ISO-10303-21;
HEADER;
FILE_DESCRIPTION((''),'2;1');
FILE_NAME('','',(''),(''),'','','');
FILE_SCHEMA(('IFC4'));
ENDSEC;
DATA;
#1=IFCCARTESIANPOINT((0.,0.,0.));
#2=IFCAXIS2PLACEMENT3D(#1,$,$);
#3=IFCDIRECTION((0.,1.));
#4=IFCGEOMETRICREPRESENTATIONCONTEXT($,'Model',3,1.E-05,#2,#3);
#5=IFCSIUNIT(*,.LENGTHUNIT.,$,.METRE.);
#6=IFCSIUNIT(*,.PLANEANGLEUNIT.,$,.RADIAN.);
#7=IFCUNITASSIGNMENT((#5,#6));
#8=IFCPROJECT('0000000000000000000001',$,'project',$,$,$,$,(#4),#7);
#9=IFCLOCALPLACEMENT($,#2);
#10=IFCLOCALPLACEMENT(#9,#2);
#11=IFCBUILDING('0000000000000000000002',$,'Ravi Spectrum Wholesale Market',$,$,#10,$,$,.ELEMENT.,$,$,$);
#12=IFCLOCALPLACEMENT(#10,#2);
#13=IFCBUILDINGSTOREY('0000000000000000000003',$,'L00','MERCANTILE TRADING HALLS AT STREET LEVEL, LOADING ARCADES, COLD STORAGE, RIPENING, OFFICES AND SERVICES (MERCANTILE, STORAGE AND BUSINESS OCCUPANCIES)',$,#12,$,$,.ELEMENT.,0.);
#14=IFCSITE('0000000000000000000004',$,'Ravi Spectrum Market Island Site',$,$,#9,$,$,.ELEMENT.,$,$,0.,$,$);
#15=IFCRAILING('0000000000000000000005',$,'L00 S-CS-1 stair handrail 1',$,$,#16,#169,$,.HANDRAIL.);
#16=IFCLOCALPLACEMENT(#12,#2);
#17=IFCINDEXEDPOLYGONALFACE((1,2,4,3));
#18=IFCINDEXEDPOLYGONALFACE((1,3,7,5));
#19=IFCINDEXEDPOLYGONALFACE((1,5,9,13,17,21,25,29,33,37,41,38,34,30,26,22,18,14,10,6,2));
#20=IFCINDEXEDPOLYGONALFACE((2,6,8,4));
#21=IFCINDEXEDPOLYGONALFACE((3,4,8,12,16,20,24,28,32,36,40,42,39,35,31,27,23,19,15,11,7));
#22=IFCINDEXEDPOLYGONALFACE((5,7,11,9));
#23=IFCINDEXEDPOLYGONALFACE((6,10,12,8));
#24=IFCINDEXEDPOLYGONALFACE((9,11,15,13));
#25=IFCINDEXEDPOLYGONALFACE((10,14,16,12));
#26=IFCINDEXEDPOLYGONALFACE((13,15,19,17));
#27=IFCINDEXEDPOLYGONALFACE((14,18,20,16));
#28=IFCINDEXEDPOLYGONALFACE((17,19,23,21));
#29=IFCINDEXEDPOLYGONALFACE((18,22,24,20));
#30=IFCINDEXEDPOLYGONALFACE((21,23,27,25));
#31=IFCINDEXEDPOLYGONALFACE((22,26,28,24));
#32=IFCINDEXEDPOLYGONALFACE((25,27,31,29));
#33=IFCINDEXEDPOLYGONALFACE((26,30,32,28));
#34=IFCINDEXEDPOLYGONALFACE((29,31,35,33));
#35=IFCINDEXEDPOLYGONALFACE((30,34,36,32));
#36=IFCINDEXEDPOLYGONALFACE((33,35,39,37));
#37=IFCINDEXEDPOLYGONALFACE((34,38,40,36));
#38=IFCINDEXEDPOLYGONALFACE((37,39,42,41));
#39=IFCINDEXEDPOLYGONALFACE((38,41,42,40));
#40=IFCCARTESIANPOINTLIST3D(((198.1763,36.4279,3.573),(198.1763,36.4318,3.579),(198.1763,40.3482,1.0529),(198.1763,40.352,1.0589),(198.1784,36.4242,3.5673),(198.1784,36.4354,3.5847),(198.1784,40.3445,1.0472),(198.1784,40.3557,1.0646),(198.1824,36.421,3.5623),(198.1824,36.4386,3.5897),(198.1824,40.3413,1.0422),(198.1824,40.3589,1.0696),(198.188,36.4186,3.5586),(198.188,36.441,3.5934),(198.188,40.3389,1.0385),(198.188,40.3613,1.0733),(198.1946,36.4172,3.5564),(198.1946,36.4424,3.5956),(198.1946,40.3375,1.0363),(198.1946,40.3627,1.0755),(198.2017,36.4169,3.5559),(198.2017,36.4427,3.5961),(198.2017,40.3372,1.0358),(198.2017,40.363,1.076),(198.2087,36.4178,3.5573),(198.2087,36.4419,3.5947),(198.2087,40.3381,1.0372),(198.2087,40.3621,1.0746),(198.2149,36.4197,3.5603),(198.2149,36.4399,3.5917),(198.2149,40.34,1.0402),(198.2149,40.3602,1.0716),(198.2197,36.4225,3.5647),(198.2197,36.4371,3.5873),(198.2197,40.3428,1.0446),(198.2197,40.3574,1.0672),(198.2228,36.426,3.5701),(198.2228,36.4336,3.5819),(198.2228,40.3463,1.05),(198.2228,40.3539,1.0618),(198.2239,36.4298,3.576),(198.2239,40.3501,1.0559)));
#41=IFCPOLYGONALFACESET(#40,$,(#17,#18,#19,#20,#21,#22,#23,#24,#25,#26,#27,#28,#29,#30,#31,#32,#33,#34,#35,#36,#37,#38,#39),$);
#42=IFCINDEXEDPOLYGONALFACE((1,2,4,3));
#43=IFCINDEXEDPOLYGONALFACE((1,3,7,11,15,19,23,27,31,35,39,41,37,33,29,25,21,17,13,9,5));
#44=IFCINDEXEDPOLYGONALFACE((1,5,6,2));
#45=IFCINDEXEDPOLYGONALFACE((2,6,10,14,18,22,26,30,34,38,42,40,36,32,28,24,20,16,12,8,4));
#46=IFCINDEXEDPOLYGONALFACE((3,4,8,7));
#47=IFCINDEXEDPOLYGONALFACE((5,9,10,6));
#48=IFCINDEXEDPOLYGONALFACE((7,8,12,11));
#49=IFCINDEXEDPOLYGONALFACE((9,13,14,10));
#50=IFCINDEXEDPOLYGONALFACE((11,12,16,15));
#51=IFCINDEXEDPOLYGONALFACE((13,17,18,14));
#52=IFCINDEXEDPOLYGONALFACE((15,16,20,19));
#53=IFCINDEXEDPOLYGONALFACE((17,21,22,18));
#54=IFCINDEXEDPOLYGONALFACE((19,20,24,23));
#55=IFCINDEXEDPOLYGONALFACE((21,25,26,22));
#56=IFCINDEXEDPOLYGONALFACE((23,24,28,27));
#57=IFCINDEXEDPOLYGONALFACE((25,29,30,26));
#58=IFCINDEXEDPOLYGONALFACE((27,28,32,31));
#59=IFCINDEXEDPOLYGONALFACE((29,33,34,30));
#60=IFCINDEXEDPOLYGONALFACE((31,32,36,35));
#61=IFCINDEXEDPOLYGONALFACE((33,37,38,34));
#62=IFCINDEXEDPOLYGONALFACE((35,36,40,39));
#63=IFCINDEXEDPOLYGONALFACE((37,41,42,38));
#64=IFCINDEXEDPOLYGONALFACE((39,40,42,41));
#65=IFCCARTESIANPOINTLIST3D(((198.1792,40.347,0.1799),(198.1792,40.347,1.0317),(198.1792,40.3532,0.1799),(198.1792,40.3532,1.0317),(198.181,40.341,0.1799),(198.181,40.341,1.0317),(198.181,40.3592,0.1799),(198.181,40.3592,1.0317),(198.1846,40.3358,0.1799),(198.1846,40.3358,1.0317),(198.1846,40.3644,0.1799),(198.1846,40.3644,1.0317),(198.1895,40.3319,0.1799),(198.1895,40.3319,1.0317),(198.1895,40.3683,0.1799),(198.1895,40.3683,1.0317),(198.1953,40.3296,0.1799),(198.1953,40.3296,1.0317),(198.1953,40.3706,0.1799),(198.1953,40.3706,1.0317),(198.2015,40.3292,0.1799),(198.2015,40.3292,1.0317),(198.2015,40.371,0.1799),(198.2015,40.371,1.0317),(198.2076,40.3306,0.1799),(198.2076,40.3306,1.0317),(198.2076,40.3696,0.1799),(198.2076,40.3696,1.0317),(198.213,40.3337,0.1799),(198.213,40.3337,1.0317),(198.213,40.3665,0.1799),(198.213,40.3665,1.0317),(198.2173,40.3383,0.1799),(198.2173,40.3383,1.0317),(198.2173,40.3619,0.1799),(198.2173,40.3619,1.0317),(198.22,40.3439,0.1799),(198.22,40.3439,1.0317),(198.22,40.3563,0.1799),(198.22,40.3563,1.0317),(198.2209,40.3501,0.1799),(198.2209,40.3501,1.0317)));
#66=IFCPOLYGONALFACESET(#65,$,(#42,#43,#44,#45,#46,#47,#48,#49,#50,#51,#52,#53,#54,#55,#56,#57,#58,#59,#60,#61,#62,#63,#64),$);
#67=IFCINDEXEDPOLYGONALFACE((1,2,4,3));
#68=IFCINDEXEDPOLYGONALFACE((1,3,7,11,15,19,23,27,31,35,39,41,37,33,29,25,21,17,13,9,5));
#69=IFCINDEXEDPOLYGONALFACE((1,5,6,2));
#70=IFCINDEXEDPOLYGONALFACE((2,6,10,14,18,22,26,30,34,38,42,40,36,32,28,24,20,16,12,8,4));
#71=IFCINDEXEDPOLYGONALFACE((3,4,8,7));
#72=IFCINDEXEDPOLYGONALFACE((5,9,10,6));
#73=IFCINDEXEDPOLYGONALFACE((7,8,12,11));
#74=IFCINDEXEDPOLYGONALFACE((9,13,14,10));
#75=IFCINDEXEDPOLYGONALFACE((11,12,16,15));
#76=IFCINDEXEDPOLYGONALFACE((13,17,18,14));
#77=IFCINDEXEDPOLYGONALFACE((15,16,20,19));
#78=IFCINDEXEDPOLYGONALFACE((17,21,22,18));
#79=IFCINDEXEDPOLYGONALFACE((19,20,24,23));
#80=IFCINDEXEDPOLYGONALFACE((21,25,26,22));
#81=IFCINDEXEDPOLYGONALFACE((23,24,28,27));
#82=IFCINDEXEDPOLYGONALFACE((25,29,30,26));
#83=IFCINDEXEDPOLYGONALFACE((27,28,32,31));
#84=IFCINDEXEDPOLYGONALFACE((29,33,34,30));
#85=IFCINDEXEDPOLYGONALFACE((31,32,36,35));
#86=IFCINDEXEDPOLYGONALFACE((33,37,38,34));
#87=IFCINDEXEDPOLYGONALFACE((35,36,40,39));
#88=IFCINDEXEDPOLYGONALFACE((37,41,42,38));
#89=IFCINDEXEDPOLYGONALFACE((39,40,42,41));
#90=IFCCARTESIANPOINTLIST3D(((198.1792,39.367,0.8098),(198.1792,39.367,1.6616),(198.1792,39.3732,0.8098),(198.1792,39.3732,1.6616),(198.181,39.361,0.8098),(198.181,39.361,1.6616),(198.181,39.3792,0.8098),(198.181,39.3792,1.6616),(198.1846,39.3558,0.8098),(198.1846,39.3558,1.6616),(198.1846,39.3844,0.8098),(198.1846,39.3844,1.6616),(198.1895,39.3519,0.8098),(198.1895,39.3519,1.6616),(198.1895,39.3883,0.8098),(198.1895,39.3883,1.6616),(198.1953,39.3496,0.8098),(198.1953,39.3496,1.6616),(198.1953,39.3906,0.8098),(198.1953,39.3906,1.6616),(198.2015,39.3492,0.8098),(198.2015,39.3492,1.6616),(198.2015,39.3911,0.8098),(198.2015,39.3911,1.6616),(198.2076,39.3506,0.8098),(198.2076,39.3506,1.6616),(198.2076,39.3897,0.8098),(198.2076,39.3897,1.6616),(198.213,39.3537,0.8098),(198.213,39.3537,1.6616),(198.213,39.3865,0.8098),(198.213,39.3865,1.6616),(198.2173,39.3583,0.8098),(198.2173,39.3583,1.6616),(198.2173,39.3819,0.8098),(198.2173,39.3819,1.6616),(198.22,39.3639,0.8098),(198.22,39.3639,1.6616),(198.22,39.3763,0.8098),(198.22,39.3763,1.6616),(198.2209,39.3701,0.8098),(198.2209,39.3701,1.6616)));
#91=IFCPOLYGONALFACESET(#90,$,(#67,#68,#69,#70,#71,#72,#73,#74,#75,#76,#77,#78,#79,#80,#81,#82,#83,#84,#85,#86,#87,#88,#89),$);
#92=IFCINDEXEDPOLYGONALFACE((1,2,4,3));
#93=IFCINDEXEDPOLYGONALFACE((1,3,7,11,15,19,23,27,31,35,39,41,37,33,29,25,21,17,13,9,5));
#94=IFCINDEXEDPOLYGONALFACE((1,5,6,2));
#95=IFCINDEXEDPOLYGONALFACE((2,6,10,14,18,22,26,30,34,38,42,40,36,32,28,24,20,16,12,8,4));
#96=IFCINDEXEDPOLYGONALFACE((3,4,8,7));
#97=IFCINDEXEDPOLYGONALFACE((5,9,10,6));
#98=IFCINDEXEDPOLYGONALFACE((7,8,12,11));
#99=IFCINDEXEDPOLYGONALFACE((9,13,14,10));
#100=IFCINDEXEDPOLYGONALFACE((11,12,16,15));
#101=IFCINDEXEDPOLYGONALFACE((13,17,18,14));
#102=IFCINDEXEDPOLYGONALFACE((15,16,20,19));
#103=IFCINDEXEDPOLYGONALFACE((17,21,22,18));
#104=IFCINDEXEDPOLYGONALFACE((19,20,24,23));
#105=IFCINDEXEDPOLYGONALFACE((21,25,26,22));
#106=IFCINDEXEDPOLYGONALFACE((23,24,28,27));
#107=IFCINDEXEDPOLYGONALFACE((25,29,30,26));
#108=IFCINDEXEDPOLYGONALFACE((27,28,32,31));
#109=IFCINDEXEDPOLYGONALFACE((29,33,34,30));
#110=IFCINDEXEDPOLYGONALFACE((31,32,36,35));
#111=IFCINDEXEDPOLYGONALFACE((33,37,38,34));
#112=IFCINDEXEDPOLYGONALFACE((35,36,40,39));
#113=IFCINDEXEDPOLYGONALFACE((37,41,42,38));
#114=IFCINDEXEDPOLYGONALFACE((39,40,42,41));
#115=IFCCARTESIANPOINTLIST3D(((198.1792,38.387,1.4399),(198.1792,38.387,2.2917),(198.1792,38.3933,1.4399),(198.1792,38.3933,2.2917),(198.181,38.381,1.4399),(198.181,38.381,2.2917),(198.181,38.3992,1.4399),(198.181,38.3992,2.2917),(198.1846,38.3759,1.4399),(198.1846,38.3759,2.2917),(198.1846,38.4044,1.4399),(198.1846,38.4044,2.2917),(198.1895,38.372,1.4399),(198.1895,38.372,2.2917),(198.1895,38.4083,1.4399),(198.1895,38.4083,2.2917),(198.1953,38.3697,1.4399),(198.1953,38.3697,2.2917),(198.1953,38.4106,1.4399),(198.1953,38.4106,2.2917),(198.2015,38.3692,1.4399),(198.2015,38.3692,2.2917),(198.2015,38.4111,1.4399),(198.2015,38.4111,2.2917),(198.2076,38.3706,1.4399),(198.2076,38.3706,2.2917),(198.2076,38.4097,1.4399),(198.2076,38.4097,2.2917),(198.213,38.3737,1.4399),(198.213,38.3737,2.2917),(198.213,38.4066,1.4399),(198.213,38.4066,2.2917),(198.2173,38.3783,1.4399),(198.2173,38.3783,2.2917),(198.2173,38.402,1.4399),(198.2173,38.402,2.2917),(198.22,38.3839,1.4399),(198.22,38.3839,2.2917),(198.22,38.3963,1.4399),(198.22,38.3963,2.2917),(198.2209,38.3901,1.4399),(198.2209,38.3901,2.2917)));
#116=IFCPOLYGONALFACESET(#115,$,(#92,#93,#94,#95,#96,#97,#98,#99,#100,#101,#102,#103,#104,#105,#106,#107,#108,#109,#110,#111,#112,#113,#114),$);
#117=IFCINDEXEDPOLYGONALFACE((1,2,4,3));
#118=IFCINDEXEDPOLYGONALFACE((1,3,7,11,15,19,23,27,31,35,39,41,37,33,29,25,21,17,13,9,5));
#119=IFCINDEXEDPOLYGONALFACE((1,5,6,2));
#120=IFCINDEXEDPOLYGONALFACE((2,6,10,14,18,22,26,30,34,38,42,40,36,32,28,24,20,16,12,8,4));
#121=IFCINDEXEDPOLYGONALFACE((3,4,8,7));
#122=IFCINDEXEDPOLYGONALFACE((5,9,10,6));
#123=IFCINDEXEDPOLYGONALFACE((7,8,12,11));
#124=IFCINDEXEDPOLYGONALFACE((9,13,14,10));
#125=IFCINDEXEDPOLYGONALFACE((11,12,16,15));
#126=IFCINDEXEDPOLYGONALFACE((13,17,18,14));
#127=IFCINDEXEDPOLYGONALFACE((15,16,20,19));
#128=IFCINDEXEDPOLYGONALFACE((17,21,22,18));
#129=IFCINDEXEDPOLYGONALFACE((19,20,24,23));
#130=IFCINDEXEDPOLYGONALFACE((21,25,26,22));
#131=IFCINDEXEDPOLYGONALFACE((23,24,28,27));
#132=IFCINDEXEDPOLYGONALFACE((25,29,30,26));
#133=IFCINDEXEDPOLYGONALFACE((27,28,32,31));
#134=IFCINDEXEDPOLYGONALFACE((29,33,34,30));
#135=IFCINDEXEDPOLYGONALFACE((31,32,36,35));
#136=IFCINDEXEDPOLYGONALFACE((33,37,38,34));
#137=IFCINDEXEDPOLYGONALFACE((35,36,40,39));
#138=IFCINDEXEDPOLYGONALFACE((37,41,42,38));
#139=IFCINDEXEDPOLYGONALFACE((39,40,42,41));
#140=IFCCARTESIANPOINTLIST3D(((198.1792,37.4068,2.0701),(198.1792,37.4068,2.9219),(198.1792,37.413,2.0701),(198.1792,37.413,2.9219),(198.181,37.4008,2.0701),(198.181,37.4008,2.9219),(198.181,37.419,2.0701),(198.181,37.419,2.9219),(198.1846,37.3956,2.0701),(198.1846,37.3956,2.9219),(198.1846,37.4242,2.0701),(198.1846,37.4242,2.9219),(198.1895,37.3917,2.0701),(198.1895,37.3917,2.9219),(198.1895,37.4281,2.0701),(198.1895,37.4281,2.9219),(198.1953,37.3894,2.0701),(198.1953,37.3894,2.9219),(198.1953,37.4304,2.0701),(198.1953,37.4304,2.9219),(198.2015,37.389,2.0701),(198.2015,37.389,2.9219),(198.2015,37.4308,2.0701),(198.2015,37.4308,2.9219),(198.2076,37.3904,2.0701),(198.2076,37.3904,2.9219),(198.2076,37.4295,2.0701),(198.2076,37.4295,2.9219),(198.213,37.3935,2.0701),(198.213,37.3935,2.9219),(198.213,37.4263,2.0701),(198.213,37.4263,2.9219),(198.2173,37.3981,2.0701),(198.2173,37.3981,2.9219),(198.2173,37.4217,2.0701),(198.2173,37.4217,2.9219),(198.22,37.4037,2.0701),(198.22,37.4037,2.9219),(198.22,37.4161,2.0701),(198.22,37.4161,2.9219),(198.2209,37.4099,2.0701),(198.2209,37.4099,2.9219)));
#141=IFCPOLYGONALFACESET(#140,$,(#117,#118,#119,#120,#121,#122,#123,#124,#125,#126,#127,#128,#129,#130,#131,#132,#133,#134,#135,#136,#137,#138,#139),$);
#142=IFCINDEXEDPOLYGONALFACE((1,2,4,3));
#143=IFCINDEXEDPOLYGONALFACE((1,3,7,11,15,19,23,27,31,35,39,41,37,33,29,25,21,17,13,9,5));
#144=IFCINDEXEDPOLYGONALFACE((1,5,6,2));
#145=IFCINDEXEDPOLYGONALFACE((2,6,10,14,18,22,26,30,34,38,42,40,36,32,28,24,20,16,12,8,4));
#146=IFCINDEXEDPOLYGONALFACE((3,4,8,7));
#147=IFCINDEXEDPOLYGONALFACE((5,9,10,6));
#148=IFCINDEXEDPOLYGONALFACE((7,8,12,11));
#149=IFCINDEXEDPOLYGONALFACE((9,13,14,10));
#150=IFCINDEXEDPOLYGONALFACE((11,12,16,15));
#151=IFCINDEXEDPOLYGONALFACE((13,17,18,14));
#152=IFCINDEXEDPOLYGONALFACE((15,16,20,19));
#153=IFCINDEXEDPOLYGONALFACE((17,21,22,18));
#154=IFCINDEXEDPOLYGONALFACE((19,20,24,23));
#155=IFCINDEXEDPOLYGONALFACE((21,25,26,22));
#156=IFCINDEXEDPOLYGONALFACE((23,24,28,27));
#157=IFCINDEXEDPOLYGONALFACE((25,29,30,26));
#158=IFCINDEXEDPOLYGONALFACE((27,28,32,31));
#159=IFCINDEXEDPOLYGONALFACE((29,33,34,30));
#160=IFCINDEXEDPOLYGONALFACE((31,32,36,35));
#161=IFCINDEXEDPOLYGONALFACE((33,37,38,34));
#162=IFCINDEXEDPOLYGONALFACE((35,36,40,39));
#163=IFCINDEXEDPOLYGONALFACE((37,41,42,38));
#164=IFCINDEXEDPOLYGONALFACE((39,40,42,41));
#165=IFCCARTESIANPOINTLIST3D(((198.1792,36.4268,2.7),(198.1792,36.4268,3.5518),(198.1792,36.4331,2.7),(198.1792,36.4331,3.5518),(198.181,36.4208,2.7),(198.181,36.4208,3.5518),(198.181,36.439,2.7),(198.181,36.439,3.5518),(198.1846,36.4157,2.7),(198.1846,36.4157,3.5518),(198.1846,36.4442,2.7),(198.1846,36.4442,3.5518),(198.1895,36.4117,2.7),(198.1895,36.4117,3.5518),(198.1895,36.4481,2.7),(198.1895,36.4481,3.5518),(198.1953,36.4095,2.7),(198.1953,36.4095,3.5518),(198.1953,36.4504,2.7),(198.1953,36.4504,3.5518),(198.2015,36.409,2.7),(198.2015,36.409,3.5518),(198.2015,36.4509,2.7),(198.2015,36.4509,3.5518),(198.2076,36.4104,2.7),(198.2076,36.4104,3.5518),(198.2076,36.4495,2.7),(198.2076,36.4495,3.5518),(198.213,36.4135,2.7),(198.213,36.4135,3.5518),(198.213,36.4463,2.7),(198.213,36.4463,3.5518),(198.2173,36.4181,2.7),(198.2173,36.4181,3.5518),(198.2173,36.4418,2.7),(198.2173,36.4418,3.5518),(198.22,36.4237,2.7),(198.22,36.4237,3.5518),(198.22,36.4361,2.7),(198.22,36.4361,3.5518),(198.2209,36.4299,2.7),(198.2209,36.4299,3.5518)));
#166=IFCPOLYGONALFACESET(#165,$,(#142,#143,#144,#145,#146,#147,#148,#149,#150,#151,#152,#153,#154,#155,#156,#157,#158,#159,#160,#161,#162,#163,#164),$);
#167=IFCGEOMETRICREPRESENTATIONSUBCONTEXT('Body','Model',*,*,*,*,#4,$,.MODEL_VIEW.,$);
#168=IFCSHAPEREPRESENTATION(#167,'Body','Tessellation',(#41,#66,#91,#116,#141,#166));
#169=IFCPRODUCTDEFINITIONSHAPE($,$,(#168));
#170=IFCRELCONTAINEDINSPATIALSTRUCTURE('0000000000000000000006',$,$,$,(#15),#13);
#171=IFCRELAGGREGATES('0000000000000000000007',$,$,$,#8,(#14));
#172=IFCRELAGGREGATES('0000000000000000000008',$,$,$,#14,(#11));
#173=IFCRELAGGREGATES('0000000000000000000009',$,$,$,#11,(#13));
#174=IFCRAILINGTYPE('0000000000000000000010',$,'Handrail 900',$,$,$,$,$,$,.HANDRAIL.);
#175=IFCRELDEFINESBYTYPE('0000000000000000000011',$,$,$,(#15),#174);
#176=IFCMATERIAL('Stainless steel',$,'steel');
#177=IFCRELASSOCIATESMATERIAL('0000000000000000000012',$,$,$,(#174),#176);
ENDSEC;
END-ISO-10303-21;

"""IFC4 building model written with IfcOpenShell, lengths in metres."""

from ifc_helpers import new_model, si_unit, direction, frame, origin, origin_2d, place, context, subcontext, project, spatial, circle, extrude, material, type_object, element, save


model = new_model("IFC4")

# Units and contexts
model_context = context("Model", 3, precision=1e-05, world=origin(), true_north=direction((0.0, 1.0)))
body_context = subcontext(model_context, "Body", "Model", "MODEL_VIEW")
ifc_project = project(units=[si_unit("LENGTHUNIT", "METRE"), si_unit("PLANEANGLEUNIT", "RADIAN")], contexts=[model_context])

# Site, building, storey
site_placement = place(None, origin())
site = spatial("IfcSite", under=ifc_project, at=site_placement, Name="Ravi Spectrum Market Island Site", CompositionType="ELEMENT", RefElevation=0.0)
building_placement = place(site_placement, origin())
building = spatial("IfcBuilding", under=site, at=building_placement, Name="Ravi Spectrum Wholesale Market", CompositionType="ELEMENT")
storey_placement = place(building_placement, origin())
storey = spatial("IfcBuildingStorey", under=building, at=storey_placement, Name="L00", Description="MERCANTILE TRADING HALLS AT STREET LEVEL, LOADING ARCADES, COLD STORAGE, RIPENING, OFFICES AND SERVICES (MERCANTILE, STORAGE AND BUSINESS OCCUPANCIES)", CompositionType="ELEMENT", Elevation=0.0)

# Railing
ifc_material_1 = material(Name="Stainless steel", Category="steel")
railing_type_1 = type_object("IfcRailingType", Name="Handrail 900", PredefinedType="HANDRAIL", material=ifc_material_1)
railing_1_placement = place(storey_placement, frame((198.2, 40.3501, 0.1799)))
element("IfcRailing", 1, at=railing_1_placement, inside=storey, type_object=railing_type_1, Name="L00 S-CS-1 stair handrail 1", PredefinedType="HANDRAIL", context=body_context, shape_type="SweptSolid", body=[
    extrude(circle(Radius=0.0239, at=origin_2d()), frame((0.0, 0.0, 0.876), z_axis=(0.0, -0.841187, 0.540744), x_axis=(1.0, 0.0, 0.0)), (0.0, 0.0, 1.0), 4.6604),
    extrude(circle(Radius=0.021, at=origin_2d()), origin(), (0.0, 0.0, 1.0), 0.8518),
    extrude(circle(Radius=0.021, at=origin_2d()), frame((0.0, -0.98, 0.6299)), (0.0, 0.0, 1.0), 0.8518),
    extrude(circle(Radius=0.021, at=origin_2d()), frame((0.0, -1.96, 1.26)), (0.0, 0.0, 1.0), 0.8518),
    extrude(circle(Radius=0.021, at=origin_2d()), frame((0.0, -2.9402, 1.8901)), (0.0, 0.0, 1.0), 0.8518),
    extrude(circle(Radius=0.021, at=origin_2d()), frame((0.0, -3.9202, 2.52)), (0.0, 0.0, 1.0), 0.8518),
])

save(model, "model.ifc")
